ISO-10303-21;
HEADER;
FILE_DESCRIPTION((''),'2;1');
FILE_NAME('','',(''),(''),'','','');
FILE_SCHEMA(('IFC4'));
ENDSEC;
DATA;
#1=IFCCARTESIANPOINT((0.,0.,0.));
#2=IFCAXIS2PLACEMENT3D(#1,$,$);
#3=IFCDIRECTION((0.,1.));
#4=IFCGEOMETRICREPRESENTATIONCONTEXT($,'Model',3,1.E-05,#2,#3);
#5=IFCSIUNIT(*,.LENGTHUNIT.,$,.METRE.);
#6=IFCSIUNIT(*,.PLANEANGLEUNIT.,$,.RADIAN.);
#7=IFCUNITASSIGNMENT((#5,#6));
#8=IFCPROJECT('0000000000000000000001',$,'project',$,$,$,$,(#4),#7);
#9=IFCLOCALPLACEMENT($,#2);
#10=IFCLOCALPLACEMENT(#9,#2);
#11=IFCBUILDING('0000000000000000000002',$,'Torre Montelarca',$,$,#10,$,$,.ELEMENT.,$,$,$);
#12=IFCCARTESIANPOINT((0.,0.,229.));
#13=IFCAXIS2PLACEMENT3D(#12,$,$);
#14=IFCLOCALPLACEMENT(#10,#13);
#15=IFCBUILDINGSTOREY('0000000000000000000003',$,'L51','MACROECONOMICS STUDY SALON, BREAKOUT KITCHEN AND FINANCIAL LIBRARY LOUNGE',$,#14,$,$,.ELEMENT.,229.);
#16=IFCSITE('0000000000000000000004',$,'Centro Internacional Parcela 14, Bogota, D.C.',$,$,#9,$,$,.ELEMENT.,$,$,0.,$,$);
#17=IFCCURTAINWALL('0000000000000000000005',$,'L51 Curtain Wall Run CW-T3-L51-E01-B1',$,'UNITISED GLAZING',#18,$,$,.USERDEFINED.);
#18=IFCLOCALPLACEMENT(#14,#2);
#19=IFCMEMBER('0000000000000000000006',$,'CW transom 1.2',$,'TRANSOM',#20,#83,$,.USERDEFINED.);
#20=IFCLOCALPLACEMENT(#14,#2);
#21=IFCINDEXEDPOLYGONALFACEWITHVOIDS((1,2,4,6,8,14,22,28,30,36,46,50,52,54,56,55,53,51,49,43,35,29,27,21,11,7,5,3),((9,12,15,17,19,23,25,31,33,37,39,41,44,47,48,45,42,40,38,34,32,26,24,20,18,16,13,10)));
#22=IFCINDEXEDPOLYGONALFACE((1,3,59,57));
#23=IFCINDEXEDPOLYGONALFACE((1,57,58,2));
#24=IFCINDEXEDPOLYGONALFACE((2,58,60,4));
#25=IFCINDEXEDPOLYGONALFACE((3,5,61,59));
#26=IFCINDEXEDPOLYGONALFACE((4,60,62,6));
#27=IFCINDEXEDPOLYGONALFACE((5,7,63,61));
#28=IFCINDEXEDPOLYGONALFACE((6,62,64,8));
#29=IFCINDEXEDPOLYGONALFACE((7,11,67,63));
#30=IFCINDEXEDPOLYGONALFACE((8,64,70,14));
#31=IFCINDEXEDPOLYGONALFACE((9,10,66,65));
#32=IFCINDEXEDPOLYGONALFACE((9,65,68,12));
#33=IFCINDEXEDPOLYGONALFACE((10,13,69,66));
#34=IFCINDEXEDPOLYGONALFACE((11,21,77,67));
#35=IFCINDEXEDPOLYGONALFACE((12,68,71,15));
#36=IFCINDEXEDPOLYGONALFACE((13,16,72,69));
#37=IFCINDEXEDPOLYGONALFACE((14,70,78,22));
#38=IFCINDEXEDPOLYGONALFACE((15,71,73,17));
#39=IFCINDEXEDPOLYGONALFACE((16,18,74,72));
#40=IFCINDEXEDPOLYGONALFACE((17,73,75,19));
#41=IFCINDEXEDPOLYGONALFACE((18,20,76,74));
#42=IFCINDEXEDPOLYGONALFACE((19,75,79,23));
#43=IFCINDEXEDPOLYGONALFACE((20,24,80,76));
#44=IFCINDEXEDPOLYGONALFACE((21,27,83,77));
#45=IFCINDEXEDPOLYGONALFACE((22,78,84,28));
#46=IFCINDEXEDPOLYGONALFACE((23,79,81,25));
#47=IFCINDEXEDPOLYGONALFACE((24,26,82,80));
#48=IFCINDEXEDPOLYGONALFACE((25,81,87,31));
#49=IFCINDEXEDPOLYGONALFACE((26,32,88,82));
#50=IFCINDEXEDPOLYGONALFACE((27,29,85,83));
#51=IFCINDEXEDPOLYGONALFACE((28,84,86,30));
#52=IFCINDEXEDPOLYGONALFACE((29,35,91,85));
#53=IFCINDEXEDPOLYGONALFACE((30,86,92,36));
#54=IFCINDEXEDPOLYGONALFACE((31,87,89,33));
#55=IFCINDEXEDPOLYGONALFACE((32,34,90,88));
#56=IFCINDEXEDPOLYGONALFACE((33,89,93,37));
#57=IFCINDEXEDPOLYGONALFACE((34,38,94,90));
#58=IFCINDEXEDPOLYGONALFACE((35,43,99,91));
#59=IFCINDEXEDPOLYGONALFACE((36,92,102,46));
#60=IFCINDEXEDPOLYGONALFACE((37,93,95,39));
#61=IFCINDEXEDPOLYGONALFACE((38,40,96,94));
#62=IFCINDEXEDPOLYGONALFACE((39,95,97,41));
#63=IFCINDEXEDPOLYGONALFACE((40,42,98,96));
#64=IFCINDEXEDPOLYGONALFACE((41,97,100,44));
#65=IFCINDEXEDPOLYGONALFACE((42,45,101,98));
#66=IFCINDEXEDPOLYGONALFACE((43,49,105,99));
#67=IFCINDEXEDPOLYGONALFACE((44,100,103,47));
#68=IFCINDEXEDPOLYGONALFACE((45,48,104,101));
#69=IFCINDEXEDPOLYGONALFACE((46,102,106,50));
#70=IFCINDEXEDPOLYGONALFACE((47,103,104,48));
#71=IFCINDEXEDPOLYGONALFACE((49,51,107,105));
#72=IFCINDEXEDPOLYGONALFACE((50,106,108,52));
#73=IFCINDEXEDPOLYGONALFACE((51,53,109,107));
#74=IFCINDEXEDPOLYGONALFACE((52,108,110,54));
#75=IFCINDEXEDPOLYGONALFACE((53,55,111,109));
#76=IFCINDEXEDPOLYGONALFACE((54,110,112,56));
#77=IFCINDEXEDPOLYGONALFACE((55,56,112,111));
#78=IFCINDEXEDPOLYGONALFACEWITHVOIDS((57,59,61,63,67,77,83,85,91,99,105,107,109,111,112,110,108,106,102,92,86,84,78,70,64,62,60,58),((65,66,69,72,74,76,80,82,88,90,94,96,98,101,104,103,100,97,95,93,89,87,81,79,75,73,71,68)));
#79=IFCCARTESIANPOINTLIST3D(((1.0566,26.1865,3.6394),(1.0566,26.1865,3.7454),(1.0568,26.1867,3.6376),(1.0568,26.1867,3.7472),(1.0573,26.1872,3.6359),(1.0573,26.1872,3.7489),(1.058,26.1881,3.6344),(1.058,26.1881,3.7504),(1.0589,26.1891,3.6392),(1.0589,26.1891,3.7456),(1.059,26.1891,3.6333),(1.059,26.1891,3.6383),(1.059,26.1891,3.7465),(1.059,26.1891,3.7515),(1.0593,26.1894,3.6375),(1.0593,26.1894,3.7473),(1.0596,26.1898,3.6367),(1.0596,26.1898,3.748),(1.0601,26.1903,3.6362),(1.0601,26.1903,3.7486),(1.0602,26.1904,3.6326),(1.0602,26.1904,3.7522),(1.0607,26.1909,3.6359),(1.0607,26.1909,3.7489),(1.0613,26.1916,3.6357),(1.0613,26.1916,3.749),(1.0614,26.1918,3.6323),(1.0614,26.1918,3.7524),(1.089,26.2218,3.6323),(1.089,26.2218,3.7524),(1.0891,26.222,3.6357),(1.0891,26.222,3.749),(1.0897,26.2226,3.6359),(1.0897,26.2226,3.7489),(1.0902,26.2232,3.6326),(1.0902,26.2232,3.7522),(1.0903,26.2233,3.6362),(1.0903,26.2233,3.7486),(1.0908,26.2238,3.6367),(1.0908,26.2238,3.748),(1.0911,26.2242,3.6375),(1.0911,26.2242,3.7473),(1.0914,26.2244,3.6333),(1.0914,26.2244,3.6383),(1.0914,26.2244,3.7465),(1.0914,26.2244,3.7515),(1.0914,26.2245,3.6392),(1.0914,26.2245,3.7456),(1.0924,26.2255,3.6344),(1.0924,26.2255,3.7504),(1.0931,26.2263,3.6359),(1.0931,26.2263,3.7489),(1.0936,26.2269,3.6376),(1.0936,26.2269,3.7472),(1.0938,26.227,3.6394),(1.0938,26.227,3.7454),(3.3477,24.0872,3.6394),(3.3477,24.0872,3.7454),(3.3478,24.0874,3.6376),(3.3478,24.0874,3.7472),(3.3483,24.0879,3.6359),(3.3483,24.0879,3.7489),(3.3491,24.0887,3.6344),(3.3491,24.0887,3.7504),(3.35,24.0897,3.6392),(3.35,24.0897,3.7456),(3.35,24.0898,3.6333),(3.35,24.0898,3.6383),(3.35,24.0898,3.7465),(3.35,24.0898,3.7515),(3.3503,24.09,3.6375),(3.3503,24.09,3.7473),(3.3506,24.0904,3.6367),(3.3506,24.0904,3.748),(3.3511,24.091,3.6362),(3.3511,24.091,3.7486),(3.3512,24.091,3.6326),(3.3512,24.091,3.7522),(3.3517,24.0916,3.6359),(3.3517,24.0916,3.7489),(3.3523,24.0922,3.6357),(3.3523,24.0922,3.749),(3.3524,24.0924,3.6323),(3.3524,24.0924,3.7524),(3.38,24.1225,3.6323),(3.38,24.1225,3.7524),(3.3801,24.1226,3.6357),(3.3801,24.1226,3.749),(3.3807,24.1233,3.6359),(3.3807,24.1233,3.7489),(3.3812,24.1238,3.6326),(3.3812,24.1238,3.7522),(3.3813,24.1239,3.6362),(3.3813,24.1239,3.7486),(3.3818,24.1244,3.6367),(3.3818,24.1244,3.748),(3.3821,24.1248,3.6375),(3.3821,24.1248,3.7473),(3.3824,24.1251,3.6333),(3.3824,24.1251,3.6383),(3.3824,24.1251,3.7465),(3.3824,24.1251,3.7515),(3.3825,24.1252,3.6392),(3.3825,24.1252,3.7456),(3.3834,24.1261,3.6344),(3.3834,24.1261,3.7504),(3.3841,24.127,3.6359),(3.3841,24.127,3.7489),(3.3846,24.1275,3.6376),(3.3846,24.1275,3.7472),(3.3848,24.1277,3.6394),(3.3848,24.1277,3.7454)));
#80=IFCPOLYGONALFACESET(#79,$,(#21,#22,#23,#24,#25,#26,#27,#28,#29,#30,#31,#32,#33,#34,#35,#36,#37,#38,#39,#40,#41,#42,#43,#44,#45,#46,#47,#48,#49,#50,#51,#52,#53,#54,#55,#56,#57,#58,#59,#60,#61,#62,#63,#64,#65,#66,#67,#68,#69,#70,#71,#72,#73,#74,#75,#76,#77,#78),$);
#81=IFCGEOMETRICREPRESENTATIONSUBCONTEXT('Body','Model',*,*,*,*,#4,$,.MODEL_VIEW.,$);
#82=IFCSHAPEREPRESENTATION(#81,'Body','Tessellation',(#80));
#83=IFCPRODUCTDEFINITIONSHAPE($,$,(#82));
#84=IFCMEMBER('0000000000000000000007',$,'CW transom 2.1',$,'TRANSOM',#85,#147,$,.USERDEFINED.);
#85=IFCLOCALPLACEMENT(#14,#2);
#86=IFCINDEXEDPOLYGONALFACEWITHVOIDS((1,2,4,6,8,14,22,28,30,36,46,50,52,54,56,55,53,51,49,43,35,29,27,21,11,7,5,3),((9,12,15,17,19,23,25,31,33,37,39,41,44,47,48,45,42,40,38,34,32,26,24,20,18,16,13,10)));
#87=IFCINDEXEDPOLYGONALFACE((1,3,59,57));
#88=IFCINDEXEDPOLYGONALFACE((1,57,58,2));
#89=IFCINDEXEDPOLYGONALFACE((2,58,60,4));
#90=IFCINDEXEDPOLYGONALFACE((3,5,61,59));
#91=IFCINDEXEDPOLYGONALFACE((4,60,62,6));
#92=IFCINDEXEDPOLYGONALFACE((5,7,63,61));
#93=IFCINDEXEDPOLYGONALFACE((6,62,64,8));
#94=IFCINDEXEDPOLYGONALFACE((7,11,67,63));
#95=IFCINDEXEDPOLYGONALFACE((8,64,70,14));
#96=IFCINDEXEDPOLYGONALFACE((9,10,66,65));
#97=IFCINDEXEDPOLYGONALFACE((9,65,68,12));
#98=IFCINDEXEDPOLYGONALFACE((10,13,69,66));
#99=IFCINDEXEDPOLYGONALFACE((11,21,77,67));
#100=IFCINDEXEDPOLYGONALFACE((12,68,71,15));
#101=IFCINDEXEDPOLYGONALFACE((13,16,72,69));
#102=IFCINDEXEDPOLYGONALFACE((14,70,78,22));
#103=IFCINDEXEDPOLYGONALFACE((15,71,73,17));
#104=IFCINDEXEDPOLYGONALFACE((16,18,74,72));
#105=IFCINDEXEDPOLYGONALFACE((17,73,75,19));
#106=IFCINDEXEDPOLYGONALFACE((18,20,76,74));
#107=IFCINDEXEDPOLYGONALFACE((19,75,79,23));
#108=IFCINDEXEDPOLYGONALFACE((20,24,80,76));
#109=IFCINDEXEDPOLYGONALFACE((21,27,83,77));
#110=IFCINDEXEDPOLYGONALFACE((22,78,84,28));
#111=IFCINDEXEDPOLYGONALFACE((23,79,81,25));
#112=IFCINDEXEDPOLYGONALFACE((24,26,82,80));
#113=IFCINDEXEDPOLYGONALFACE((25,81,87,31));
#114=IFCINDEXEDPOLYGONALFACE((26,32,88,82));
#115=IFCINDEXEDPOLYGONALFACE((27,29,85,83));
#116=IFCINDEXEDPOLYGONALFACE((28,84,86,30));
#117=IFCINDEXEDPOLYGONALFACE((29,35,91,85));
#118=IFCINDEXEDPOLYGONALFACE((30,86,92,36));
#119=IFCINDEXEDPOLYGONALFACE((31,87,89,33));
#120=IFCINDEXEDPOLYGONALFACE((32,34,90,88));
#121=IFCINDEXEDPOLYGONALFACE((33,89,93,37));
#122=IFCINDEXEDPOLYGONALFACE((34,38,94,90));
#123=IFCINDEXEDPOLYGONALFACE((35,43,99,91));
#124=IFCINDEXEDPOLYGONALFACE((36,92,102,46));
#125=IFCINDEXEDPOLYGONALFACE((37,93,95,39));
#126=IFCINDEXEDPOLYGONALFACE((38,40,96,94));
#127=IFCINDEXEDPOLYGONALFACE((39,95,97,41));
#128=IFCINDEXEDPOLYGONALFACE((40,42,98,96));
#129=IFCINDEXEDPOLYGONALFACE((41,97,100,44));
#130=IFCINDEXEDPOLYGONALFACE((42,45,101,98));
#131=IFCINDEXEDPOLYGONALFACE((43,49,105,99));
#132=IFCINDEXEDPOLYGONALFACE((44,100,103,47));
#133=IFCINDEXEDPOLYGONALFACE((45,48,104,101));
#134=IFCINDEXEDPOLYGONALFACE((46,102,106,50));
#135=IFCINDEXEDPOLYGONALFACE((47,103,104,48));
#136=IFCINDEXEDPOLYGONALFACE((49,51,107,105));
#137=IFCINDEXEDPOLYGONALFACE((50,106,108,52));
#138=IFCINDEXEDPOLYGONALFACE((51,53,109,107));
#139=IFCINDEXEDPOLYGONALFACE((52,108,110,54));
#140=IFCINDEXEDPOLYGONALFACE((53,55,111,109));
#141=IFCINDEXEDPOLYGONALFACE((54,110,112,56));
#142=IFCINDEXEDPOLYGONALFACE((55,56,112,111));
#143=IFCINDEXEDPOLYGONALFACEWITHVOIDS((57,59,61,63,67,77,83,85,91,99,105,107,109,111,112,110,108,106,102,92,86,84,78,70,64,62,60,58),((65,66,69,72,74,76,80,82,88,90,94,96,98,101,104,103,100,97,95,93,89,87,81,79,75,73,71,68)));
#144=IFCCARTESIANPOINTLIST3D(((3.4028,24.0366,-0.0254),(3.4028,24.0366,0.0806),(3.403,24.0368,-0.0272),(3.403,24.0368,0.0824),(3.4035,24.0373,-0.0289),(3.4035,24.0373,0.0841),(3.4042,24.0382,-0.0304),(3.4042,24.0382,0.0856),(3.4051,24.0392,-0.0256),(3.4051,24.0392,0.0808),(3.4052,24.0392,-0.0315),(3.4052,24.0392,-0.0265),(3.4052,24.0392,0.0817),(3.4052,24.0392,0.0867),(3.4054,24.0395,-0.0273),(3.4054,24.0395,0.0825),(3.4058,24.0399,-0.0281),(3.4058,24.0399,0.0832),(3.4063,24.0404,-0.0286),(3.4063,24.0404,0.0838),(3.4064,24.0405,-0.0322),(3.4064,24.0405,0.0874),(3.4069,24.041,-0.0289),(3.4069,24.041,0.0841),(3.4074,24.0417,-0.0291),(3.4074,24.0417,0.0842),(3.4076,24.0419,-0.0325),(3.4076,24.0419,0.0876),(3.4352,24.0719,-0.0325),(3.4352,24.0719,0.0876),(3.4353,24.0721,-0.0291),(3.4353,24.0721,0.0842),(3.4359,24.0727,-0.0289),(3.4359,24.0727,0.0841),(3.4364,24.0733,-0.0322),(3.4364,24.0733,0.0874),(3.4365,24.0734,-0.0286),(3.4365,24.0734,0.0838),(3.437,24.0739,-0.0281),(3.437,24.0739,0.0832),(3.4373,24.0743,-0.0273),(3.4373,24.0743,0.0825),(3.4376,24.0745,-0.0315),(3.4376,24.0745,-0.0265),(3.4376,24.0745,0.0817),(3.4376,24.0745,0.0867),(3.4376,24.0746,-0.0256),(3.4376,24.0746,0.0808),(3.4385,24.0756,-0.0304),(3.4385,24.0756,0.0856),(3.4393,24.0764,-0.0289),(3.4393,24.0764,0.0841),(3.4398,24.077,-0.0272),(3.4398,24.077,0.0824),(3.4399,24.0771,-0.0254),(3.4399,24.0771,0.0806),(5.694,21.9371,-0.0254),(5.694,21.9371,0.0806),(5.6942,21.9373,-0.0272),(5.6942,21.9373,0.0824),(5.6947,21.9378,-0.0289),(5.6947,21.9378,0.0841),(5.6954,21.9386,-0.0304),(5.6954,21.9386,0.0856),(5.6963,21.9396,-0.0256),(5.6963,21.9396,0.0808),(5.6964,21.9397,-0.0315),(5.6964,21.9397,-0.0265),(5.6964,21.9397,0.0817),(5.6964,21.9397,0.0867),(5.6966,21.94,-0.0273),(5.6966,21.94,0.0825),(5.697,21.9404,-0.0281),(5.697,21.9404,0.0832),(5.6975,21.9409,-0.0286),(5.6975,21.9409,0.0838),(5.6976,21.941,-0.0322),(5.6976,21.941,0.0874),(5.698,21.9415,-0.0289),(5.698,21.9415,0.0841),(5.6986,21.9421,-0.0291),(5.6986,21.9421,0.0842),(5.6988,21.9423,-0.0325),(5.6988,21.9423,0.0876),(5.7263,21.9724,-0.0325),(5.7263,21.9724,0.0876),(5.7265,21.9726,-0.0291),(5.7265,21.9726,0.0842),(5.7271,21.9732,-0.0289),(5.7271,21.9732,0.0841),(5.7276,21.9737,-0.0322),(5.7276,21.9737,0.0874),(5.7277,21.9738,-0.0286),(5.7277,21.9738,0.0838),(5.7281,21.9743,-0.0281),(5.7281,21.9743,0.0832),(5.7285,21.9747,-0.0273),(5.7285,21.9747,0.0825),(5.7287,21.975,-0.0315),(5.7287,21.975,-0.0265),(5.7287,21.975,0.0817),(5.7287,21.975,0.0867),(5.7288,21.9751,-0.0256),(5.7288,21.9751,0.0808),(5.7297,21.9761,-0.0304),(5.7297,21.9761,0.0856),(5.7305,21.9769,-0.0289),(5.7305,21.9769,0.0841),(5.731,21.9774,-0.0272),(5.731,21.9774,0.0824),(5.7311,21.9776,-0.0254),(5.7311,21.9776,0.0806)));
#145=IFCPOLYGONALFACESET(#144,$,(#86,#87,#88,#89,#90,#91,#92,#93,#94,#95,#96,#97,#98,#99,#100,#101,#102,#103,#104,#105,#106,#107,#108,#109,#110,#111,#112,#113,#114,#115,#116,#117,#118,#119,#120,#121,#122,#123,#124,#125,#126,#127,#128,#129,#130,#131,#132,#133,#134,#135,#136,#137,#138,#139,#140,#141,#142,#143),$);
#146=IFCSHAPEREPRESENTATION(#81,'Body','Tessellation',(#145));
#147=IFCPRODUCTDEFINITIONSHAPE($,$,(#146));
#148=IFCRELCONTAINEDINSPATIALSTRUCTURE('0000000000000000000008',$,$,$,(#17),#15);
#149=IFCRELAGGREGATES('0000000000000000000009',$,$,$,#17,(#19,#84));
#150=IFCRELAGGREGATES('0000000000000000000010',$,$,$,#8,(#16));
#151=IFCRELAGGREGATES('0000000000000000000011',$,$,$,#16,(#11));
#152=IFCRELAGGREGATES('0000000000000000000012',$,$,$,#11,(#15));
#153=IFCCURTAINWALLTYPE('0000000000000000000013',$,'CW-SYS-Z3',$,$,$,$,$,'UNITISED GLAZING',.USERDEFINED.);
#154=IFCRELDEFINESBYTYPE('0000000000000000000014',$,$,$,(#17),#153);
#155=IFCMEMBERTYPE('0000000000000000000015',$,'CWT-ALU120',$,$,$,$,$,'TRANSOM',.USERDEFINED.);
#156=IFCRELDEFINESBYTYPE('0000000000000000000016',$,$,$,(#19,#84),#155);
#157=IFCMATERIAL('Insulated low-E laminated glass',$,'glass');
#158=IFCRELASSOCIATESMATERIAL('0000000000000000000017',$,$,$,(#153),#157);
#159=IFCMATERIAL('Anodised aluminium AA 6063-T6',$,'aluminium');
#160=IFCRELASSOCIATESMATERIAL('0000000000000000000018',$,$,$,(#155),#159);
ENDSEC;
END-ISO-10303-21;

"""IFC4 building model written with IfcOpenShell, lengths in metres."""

from ifc_helpers import new_model, si_unit, direction, frame, origin, origin_2d, place, context, subcontext, project, spatial, hollow_rectangle, extrude, source, transform, mapped, material, material_profile, profile_set, type_object, element, aggregate, save


model = new_model("IFC4")

# Units and contexts
model_context = context("Model", 3, precision=1e-05, world=origin(), true_north=direction((0.0, 1.0)))
body_context = subcontext(model_context, "Body", "Model", "MODEL_VIEW")
ifc_project = project(units=[si_unit("LENGTHUNIT", "METRE"), si_unit("PLANEANGLEUNIT", "RADIAN")], contexts=[model_context])

# Site, building, storey
site_placement = place(None, origin())
site = spatial("IfcSite", under=ifc_project, at=site_placement, Name="Centro Internacional Parcela 14, Bogota, D.C.", CompositionType="ELEMENT", RefElevation=0.0)
building_placement = place(site_placement, origin())
building = spatial("IfcBuilding", under=site, at=building_placement, Name="Torre Montelarca", CompositionType="ELEMENT")
storey_placement = place(building_placement, frame((0.0, 0.0, 229.0)))
storey = spatial("IfcBuildingStorey", under=building, at=storey_placement, Name="L51", Description="MACROECONOMICS STUDY SALON, BREAKOUT KITCHEN AND FINANCIAL LIBRARY LOUNGE", CompositionType="ELEMENT", Elevation=229.0)

# Curtain wall
ifc_material_1 = material(Name="Insulated low-E laminated glass", Category="glass")
curtain_wall_type = type_object("IfcCurtainWallType", Name="CW-SYS-Z3", ElementType="UNITISED GLAZING", PredefinedType="USERDEFINED", material=ifc_material_1)
curtain_wall_1_placement = place(storey_placement, origin())
curtain_wall_1 = element("IfcCurtainWall", 1, at=curtain_wall_1_placement, inside=storey, type_object=curtain_wall_type, Name="L51 Curtain Wall Run CW-T3-L51-E01-B1", ObjectType="UNITISED GLAZING", PredefinedType="USERDEFINED")
ifc_material_2 = material(Name="Anodised aluminium AA 6063-T6", Category="aluminium")

# Members
ifc_material_profile_1 = material_profile(ifc_material_2, hollow_rectangle(XDim=0.0549, YDim=0.1201, WallThickness=0.0034, InnerFilletRadius=0.0034, OuterFilletRadius=0.0071, at=origin_2d()), Name="ALU55X120X3.5", Category="aluminium")
ifc_profile_set_1 = profile_set([ifc_material_profile_1], Name="Anodised aluminium AA 6063-T6")
member_type_1 = type_object("IfcMemberType", Name="CWT-ALU120", ElementType="TRANSOM", PredefinedType="USERDEFINED", material=ifc_profile_set_1)
shared_shape_1 = source(origin(), body_context, "Body", "SweptSolid", [
    extrude(hollow_rectangle(XDim=0.0549, YDim=0.1201, WallThickness=0.0034, InnerFilletRadius=0.0034, OuterFilletRadius=0.0071, at=origin_2d()), origin(), (0.0, 0.0, 1.0), 3.1074),
])
member_1_placement = place(storey_placement, frame((1.0752, 26.2068, 3.6924), z_axis=(0.737272, -0.675597, 0.0), x_axis=(0.675597, 0.737272, 0.0)))
member_1 = element("IfcMember", 2, at=member_1_placement, type_object=member_type_1, Name="CW transom 1.2", ObjectType="TRANSOM", PredefinedType="USERDEFINED", context=body_context, shape_type="MappedRepresentation", body=[
    mapped(shared_shape_1, transform((0.0, 0.0, 0.0), scale=1.0)),
])
shared_shape_2 = source(origin(), body_context, "Body", "SweptSolid", [
    extrude(hollow_rectangle(XDim=0.0549, YDim=0.1201, WallThickness=0.0034, InnerFilletRadius=0.0034, OuterFilletRadius=0.0071, at=origin_2d()), origin(), (0.0, 0.0, 1.0), 3.1077),
])
member_2_placement = place(storey_placement, frame((3.4214, 24.0569, 0.0276), z_axis=(0.737268, -0.6756, 0.0), x_axis=(0.6756, 0.737268, 0.0)))
member_2 = element("IfcMember", 3, at=member_2_placement, type_object=member_type_1, Name="CW transom 2.1", ObjectType="TRANSOM", PredefinedType="USERDEFINED", context=body_context, shape_type="MappedRepresentation", body=[
    mapped(shared_shape_2, transform((0.0, 0.0, 0.0), scale=1.0)),
])

aggregate(curtain_wall_1, [member_1, member_2])

save(model, "model.ifc")
